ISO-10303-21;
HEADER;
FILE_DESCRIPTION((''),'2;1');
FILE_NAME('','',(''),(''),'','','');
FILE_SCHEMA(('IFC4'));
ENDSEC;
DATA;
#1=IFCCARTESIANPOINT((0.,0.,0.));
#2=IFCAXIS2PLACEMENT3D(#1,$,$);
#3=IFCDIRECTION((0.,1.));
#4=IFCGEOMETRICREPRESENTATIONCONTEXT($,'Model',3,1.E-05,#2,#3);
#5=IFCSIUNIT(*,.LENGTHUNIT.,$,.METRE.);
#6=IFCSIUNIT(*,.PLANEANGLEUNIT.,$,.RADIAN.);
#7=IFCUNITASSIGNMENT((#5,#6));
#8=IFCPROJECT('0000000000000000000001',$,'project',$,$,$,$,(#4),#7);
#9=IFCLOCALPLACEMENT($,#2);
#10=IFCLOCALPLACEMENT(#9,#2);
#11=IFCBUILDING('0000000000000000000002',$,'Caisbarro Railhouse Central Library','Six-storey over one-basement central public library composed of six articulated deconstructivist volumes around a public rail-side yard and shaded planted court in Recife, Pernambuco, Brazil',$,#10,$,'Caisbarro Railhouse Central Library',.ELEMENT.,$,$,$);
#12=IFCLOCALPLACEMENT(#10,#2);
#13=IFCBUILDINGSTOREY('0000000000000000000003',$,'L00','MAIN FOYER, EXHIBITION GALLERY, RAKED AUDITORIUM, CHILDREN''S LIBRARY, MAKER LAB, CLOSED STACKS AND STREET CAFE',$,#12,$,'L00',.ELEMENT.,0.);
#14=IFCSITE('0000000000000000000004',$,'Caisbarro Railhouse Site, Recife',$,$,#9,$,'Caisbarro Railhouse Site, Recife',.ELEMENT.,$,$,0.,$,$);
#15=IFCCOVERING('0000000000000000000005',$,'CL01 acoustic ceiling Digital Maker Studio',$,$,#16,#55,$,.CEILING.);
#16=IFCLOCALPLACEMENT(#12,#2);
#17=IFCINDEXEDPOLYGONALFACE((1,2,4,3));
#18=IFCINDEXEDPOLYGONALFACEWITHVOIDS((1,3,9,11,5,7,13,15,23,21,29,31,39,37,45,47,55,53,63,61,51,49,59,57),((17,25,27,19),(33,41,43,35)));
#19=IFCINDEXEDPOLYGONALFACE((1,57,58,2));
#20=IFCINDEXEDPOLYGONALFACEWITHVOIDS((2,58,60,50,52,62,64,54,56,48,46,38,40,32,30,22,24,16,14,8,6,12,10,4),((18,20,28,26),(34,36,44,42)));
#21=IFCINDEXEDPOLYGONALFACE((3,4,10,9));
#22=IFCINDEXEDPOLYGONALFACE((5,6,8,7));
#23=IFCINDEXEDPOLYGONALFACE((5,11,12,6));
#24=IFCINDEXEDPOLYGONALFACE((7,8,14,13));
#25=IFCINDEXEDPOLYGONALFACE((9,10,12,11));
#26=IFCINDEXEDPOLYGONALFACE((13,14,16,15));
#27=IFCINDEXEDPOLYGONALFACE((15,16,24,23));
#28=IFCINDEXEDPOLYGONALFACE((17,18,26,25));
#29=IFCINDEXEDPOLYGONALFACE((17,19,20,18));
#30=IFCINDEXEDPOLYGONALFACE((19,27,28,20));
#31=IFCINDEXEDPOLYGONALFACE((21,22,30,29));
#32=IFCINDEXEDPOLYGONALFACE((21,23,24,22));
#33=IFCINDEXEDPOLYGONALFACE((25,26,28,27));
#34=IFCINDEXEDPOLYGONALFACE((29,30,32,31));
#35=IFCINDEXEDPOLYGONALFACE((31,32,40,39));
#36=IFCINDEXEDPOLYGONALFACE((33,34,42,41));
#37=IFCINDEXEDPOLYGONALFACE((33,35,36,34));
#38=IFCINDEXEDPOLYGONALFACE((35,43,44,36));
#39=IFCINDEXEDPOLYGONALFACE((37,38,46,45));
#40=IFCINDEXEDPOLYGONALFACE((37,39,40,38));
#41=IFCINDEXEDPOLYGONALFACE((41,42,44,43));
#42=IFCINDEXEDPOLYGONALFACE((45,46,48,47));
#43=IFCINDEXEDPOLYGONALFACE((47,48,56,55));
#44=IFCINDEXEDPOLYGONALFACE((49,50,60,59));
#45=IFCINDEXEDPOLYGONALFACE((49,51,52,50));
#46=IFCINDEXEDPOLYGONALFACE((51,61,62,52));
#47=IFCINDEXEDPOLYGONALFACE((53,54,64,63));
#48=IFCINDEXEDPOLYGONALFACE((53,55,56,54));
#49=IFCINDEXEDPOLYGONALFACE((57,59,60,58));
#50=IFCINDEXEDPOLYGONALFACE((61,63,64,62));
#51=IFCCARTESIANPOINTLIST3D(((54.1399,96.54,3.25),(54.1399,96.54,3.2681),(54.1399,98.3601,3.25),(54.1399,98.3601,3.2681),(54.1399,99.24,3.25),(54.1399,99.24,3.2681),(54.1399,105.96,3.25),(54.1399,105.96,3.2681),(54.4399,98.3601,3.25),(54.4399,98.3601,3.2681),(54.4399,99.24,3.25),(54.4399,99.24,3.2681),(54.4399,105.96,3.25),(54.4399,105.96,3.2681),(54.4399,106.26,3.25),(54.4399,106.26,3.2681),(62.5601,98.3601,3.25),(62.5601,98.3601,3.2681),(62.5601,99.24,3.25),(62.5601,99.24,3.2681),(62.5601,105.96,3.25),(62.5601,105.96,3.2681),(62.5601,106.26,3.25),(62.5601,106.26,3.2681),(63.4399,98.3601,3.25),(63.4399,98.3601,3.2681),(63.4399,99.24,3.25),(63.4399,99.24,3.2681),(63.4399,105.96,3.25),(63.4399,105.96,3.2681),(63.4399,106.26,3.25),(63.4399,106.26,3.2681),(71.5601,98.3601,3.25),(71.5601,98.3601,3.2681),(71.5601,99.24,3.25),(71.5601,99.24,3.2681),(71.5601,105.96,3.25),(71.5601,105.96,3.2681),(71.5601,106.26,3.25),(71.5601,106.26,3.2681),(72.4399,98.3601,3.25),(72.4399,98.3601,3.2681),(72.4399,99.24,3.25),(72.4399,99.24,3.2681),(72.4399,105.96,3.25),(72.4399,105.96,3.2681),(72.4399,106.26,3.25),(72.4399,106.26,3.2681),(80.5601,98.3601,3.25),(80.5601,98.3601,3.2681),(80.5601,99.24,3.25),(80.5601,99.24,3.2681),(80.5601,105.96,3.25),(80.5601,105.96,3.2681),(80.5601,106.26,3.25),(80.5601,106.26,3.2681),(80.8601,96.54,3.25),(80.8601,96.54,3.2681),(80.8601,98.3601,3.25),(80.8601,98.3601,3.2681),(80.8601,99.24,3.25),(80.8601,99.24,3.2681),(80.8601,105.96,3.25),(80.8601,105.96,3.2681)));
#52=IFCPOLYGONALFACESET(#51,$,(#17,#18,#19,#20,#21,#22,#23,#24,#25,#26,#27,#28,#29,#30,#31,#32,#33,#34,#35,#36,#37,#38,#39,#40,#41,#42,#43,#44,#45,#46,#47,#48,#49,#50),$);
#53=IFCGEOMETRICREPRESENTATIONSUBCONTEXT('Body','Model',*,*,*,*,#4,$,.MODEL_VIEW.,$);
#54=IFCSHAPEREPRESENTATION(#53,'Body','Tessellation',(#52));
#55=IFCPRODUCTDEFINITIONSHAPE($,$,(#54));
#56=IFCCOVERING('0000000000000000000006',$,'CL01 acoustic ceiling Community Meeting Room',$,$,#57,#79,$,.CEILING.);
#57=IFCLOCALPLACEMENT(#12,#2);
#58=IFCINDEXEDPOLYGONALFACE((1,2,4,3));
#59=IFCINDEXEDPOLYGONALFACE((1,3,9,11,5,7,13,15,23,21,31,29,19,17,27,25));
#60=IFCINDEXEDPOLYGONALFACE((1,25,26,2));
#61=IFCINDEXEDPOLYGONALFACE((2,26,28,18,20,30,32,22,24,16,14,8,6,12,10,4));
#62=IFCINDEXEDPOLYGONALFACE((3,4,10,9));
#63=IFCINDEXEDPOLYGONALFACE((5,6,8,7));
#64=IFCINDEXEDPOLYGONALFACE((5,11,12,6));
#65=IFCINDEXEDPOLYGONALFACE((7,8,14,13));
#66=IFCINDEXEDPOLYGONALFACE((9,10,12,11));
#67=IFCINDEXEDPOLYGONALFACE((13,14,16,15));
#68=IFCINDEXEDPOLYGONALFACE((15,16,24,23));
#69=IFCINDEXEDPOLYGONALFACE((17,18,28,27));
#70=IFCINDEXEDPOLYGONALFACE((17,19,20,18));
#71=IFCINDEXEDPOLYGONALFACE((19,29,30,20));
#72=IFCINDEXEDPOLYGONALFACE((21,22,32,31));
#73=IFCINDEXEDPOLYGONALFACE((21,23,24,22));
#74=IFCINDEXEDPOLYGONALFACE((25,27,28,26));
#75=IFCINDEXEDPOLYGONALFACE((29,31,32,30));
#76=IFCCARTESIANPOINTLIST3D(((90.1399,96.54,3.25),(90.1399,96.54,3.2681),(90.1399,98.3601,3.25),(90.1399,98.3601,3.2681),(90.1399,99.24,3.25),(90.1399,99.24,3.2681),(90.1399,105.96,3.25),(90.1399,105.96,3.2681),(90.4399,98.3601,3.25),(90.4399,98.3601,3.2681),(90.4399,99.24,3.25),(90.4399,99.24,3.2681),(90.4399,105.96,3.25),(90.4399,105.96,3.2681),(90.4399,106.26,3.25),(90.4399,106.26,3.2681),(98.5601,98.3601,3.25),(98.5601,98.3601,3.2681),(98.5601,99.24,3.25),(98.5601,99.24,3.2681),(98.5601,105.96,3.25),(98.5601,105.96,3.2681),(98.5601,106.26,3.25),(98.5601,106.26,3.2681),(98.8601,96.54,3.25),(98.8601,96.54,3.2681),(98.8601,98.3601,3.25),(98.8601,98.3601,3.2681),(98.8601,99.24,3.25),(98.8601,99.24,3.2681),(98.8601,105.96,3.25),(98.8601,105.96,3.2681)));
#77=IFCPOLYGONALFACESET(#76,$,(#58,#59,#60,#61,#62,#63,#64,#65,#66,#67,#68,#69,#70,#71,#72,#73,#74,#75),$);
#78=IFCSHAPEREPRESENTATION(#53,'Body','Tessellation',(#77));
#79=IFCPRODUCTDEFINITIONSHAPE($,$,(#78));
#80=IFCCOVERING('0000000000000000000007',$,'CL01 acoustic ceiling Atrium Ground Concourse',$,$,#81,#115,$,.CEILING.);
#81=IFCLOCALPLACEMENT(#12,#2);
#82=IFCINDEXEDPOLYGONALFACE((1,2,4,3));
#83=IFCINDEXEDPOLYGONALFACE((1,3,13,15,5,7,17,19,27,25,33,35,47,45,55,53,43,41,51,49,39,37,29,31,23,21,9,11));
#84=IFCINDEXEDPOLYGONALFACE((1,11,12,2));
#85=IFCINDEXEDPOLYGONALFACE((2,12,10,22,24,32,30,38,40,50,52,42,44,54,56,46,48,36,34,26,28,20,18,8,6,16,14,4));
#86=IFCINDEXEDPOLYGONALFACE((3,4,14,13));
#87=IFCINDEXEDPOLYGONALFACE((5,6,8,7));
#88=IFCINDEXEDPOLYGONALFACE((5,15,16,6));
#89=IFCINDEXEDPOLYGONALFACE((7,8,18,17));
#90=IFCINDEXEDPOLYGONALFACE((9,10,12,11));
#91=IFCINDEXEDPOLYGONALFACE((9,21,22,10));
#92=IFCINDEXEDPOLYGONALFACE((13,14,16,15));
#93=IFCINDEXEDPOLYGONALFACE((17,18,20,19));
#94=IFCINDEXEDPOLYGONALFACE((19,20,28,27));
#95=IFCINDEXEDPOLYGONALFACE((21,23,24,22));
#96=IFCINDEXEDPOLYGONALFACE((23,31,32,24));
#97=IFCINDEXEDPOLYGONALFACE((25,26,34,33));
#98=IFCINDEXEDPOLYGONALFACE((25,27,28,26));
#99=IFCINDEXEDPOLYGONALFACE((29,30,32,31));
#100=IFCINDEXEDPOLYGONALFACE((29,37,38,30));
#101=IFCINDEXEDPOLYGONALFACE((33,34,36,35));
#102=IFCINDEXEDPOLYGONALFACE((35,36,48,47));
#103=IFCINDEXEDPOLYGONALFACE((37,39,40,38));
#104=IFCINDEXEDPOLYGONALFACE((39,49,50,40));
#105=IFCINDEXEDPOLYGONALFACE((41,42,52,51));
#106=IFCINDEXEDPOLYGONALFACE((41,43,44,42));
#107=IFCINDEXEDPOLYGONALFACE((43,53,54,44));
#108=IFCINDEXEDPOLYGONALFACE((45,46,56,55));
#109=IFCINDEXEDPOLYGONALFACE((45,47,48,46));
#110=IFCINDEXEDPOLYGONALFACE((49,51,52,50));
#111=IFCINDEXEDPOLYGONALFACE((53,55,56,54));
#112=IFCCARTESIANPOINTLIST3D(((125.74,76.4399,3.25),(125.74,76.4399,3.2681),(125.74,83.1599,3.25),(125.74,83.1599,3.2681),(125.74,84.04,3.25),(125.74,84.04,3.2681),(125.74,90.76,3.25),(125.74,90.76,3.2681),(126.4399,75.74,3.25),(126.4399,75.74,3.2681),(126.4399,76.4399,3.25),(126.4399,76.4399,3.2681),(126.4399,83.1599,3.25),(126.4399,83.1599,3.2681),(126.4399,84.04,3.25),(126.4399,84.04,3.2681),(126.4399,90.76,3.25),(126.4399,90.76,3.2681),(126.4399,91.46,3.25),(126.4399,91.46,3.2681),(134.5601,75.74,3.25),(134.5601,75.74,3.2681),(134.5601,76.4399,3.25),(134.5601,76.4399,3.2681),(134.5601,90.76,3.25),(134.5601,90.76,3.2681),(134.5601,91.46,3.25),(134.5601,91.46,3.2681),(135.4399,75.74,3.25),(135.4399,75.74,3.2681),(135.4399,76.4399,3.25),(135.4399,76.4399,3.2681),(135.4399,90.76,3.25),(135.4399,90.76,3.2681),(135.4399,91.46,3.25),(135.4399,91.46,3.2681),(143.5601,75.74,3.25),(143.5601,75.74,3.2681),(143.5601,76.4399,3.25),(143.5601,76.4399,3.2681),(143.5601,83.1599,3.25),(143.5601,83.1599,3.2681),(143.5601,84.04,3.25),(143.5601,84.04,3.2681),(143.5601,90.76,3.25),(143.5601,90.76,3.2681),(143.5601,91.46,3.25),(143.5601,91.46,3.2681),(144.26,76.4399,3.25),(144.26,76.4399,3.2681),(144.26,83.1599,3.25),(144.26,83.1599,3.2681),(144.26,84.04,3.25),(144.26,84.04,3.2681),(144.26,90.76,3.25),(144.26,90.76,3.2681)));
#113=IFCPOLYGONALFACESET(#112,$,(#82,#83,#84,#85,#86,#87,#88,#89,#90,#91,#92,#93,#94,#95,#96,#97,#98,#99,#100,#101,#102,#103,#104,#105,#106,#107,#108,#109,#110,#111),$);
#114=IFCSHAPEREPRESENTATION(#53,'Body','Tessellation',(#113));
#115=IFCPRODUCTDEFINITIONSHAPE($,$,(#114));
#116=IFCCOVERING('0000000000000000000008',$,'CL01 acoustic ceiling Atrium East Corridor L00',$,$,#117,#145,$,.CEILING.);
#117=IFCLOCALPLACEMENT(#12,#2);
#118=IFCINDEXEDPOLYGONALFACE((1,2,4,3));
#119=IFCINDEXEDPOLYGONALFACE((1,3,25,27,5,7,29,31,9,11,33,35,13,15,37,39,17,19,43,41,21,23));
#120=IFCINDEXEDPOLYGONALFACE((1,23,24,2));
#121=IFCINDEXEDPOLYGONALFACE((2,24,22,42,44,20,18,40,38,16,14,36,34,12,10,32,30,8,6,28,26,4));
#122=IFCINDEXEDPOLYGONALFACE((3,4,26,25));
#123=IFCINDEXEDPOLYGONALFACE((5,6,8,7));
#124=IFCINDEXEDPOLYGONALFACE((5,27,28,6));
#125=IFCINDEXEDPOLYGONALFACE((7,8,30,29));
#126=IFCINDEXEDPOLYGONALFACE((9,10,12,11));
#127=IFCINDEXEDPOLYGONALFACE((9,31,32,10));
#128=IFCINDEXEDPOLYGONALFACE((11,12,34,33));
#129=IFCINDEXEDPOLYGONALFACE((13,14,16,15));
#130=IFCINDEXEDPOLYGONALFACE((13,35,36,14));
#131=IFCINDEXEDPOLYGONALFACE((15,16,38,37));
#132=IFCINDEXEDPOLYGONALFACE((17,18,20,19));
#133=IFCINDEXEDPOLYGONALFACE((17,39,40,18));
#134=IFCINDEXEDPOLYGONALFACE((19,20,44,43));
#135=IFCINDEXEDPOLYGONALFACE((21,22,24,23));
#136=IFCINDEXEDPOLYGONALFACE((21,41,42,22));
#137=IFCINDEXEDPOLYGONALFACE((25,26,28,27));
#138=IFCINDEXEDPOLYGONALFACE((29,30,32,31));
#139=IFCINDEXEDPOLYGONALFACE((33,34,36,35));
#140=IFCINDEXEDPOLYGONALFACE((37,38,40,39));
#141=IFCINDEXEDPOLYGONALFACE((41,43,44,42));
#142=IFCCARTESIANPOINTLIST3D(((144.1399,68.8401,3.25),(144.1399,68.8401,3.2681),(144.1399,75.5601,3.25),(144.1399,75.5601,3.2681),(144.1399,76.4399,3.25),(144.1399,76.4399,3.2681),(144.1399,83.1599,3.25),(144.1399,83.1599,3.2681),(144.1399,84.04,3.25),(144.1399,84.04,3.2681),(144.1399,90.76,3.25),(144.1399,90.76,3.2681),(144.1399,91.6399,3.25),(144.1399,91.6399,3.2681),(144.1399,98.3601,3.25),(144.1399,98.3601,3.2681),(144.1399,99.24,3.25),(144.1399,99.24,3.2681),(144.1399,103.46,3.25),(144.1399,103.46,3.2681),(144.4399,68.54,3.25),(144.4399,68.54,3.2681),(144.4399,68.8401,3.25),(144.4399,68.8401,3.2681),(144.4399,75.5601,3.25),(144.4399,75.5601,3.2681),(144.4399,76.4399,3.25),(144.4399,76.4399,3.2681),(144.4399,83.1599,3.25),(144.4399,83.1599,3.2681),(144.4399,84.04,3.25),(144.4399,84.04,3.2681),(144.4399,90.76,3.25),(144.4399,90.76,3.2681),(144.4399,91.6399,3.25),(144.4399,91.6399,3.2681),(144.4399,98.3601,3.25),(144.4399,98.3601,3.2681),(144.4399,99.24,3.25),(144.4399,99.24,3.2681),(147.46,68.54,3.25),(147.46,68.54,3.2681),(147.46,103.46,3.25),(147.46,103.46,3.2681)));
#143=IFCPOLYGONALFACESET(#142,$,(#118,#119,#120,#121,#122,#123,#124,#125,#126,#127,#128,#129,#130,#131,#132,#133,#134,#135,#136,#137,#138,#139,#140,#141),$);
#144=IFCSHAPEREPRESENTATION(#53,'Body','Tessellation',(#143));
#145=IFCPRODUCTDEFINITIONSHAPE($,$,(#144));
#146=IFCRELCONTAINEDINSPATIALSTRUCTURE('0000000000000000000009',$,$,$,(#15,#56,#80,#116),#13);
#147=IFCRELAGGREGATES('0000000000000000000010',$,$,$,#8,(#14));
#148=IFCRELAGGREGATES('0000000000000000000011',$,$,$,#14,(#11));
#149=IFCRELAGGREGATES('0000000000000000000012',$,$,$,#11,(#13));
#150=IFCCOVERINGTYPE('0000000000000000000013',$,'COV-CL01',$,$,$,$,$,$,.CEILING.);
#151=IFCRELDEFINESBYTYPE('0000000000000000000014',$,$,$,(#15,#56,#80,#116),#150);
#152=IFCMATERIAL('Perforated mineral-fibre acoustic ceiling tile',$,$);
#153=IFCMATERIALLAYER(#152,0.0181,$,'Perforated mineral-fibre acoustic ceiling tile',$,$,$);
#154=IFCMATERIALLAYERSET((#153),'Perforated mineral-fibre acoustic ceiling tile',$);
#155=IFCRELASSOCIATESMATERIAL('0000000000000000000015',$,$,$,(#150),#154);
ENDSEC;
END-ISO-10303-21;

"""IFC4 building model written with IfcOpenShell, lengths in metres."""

from ifc_helpers import new_model, si_unit, direction, frame, origin, place, context, subcontext, project, spatial, polyline, outline, extrude, material, layer, layer_set, type_object, element, save


model = new_model("IFC4")

# Units and contexts
model_context = context("Model", 3, precision=1e-05, world=origin(), true_north=direction((0.0, 1.0)))
body_context = subcontext(model_context, "Body", "Model", "MODEL_VIEW")
ifc_project = project(units=[si_unit("LENGTHUNIT", "METRE"), si_unit("PLANEANGLEUNIT", "RADIAN")], contexts=[model_context])

# Site, building, storey
site_placement = place(None, origin())
site = spatial("IfcSite", under=ifc_project, at=site_placement, Name="Caisbarro Railhouse Site, Recife", LongName="Caisbarro Railhouse Site, Recife", CompositionType="ELEMENT", RefElevation=0.0)
building_placement = place(site_placement, origin())
building = spatial("IfcBuilding", under=site, at=building_placement, Name="Caisbarro Railhouse Central Library", Description="Six-storey over one-basement central public library composed of six articulated deconstructivist volumes around a public rail-side yard and shaded planted court in Recife, Pernambuco, Brazil", LongName="Caisbarro Railhouse Central Library", CompositionType="ELEMENT")
storey_placement = place(building_placement, origin())
storey = spatial("IfcBuildingStorey", under=building, at=storey_placement, Name="L00", Description="MAIN FOYER, EXHIBITION GALLERY, RAKED AUDITORIUM, CHILDREN'S LIBRARY, MAKER LAB, CLOSED STACKS AND STREET CAFE", LongName="L00", CompositionType="ELEMENT", Elevation=0.0)

# Coverings
ifc_material_1 = material(Name="Perforated mineral-fibre acoustic ceiling tile")
ifc_layer_1 = layer(ifc_material_1, 0.0181, Name="Perforated mineral-fibre acoustic ceiling tile")
ifc_layer_set_1 = layer_set([ifc_layer_1], Name="Perforated mineral-fibre acoustic ceiling tile")
covering_type_1 = type_object("IfcCoveringType", Name="COV-CL01", PredefinedType="CEILING", material=ifc_layer_set_1)
covering_1_placement = place(storey_placement, frame((0.0, 0.0, 3.25)))
element("IfcCovering", 1, at=covering_1_placement, inside=storey, type_object=covering_type_1, Name="CL01 acoustic ceiling Digital Maker Studio", PredefinedType="CEILING", context=body_context, shape_type="SweptSolid", body=[
    extrude(outline(polyline([(62.5601, 106.26), (62.5601, 105.96), (63.4399, 105.96), (63.4399, 106.26), (71.5601, 106.26), (71.5601, 105.96), (72.4399, 105.96), (72.4399, 106.26), (80.5601, 106.26), (80.5601, 105.96), (80.8601, 105.96), (80.8601, 99.24), (80.5601, 99.24), (80.5601, 98.3601), (80.8601, 98.3601), (80.8601, 96.54), (54.1399, 96.54), (54.1399, 98.3601), (54.4399, 98.3601), (54.4399, 99.24), (54.1399, 99.24), (54.1399, 105.96), (54.4399, 105.96), (54.4399, 106.26), (62.5601, 106.26)]), holes=[polyline([(62.5601, 99.24), (62.5601, 98.3601), (63.4399, 98.3601), (63.4399, 99.24), (62.5601, 99.24)]), polyline([(72.4399, 98.3601), (72.4399, 99.24), (71.5601, 99.24), (71.5601, 98.3601), (72.4399, 98.3601)])]), origin(), (0.0, 0.0, 1.0), 0.0181),
])
covering_2_placement = place(storey_placement, frame((0.0, 0.0, 3.25)))
element("IfcCovering", 2, at=covering_2_placement, inside=storey, type_object=covering_type_1, Name="CL01 acoustic ceiling Community Meeting Room", PredefinedType="CEILING", context=body_context, shape_type="SweptSolid", body=[
    extrude(outline(polyline([(90.1399, 99.24), (90.1399, 105.96), (90.4399, 105.96), (90.4399, 106.26), (98.5601, 106.26), (98.5601, 105.96), (98.8601, 105.96), (98.8601, 99.24), (98.5601, 99.24), (98.5601, 98.3601), (98.8601, 98.3601), (98.8601, 96.54), (90.1399, 96.54), (90.1399, 98.3601), (90.4399, 98.3601), (90.4399, 99.24), (90.1399, 99.24)])), origin(), (0.0, 0.0, 1.0), 0.0181),
])
covering_3_placement = place(storey_placement, frame((0.0, 0.0, 3.25)))
element("IfcCovering", 3, at=covering_3_placement, inside=storey, type_object=covering_type_1, Name="CL01 acoustic ceiling Atrium Ground Concourse", PredefinedType="CEILING", context=body_context, shape_type="SweptSolid", body=[
    extrude(outline(polyline([(126.4399, 75.74), (126.4399, 76.4399), (125.74, 76.4399), (125.74, 83.1599), (126.4399, 83.1599), (126.4399, 84.04), (125.74, 84.04), (125.74, 90.76), (126.4399, 90.76), (126.4399, 91.46), (134.5601, 91.46), (134.5601, 90.76), (135.4399, 90.76), (135.4399, 91.46), (143.5601, 91.46), (143.5601, 90.76), (144.26, 90.76), (144.26, 84.04), (143.5601, 84.04), (143.5601, 83.1599), (144.26, 83.1599), (144.26, 76.4399), (143.5601, 76.4399), (143.5601, 75.74), (135.4399, 75.74), (135.4399, 76.4399), (134.5601, 76.4399), (134.5601, 75.74), (126.4399, 75.74)])), origin(), (0.0, 0.0, 1.0), 0.0181),
])
covering_4_placement = place(storey_placement, frame((0.0, 0.0, 3.25)))
element("IfcCovering", 4, at=covering_4_placement, inside=storey, type_object=covering_type_1, Name="CL01 acoustic ceiling Atrium East Corridor L00", PredefinedType="CEILING", context=body_context, shape_type="SweptSolid", body=[
    extrude(outline(polyline([(144.4399, 68.8401), (144.1399, 68.8401), (144.1399, 75.5601), (144.4399, 75.5601), (144.4399, 76.4399), (144.1399, 76.4399), (144.1399, 83.1599), (144.4399, 83.1599), (144.4399, 84.04), (144.1399, 84.04), (144.1399, 90.76), (144.4399, 90.76), (144.4399, 91.6399), (144.1399, 91.6399), (144.1399, 98.3601), (144.4399, 98.3601), (144.4399, 99.24), (144.1399, 99.24), (144.1399, 103.46), (147.46, 103.46), (147.46, 68.54), (144.4399, 68.54), (144.4399, 68.8401)])), origin(), (0.0, 0.0, 1.0), 0.0181),
])

save(model, "model.ifc")
